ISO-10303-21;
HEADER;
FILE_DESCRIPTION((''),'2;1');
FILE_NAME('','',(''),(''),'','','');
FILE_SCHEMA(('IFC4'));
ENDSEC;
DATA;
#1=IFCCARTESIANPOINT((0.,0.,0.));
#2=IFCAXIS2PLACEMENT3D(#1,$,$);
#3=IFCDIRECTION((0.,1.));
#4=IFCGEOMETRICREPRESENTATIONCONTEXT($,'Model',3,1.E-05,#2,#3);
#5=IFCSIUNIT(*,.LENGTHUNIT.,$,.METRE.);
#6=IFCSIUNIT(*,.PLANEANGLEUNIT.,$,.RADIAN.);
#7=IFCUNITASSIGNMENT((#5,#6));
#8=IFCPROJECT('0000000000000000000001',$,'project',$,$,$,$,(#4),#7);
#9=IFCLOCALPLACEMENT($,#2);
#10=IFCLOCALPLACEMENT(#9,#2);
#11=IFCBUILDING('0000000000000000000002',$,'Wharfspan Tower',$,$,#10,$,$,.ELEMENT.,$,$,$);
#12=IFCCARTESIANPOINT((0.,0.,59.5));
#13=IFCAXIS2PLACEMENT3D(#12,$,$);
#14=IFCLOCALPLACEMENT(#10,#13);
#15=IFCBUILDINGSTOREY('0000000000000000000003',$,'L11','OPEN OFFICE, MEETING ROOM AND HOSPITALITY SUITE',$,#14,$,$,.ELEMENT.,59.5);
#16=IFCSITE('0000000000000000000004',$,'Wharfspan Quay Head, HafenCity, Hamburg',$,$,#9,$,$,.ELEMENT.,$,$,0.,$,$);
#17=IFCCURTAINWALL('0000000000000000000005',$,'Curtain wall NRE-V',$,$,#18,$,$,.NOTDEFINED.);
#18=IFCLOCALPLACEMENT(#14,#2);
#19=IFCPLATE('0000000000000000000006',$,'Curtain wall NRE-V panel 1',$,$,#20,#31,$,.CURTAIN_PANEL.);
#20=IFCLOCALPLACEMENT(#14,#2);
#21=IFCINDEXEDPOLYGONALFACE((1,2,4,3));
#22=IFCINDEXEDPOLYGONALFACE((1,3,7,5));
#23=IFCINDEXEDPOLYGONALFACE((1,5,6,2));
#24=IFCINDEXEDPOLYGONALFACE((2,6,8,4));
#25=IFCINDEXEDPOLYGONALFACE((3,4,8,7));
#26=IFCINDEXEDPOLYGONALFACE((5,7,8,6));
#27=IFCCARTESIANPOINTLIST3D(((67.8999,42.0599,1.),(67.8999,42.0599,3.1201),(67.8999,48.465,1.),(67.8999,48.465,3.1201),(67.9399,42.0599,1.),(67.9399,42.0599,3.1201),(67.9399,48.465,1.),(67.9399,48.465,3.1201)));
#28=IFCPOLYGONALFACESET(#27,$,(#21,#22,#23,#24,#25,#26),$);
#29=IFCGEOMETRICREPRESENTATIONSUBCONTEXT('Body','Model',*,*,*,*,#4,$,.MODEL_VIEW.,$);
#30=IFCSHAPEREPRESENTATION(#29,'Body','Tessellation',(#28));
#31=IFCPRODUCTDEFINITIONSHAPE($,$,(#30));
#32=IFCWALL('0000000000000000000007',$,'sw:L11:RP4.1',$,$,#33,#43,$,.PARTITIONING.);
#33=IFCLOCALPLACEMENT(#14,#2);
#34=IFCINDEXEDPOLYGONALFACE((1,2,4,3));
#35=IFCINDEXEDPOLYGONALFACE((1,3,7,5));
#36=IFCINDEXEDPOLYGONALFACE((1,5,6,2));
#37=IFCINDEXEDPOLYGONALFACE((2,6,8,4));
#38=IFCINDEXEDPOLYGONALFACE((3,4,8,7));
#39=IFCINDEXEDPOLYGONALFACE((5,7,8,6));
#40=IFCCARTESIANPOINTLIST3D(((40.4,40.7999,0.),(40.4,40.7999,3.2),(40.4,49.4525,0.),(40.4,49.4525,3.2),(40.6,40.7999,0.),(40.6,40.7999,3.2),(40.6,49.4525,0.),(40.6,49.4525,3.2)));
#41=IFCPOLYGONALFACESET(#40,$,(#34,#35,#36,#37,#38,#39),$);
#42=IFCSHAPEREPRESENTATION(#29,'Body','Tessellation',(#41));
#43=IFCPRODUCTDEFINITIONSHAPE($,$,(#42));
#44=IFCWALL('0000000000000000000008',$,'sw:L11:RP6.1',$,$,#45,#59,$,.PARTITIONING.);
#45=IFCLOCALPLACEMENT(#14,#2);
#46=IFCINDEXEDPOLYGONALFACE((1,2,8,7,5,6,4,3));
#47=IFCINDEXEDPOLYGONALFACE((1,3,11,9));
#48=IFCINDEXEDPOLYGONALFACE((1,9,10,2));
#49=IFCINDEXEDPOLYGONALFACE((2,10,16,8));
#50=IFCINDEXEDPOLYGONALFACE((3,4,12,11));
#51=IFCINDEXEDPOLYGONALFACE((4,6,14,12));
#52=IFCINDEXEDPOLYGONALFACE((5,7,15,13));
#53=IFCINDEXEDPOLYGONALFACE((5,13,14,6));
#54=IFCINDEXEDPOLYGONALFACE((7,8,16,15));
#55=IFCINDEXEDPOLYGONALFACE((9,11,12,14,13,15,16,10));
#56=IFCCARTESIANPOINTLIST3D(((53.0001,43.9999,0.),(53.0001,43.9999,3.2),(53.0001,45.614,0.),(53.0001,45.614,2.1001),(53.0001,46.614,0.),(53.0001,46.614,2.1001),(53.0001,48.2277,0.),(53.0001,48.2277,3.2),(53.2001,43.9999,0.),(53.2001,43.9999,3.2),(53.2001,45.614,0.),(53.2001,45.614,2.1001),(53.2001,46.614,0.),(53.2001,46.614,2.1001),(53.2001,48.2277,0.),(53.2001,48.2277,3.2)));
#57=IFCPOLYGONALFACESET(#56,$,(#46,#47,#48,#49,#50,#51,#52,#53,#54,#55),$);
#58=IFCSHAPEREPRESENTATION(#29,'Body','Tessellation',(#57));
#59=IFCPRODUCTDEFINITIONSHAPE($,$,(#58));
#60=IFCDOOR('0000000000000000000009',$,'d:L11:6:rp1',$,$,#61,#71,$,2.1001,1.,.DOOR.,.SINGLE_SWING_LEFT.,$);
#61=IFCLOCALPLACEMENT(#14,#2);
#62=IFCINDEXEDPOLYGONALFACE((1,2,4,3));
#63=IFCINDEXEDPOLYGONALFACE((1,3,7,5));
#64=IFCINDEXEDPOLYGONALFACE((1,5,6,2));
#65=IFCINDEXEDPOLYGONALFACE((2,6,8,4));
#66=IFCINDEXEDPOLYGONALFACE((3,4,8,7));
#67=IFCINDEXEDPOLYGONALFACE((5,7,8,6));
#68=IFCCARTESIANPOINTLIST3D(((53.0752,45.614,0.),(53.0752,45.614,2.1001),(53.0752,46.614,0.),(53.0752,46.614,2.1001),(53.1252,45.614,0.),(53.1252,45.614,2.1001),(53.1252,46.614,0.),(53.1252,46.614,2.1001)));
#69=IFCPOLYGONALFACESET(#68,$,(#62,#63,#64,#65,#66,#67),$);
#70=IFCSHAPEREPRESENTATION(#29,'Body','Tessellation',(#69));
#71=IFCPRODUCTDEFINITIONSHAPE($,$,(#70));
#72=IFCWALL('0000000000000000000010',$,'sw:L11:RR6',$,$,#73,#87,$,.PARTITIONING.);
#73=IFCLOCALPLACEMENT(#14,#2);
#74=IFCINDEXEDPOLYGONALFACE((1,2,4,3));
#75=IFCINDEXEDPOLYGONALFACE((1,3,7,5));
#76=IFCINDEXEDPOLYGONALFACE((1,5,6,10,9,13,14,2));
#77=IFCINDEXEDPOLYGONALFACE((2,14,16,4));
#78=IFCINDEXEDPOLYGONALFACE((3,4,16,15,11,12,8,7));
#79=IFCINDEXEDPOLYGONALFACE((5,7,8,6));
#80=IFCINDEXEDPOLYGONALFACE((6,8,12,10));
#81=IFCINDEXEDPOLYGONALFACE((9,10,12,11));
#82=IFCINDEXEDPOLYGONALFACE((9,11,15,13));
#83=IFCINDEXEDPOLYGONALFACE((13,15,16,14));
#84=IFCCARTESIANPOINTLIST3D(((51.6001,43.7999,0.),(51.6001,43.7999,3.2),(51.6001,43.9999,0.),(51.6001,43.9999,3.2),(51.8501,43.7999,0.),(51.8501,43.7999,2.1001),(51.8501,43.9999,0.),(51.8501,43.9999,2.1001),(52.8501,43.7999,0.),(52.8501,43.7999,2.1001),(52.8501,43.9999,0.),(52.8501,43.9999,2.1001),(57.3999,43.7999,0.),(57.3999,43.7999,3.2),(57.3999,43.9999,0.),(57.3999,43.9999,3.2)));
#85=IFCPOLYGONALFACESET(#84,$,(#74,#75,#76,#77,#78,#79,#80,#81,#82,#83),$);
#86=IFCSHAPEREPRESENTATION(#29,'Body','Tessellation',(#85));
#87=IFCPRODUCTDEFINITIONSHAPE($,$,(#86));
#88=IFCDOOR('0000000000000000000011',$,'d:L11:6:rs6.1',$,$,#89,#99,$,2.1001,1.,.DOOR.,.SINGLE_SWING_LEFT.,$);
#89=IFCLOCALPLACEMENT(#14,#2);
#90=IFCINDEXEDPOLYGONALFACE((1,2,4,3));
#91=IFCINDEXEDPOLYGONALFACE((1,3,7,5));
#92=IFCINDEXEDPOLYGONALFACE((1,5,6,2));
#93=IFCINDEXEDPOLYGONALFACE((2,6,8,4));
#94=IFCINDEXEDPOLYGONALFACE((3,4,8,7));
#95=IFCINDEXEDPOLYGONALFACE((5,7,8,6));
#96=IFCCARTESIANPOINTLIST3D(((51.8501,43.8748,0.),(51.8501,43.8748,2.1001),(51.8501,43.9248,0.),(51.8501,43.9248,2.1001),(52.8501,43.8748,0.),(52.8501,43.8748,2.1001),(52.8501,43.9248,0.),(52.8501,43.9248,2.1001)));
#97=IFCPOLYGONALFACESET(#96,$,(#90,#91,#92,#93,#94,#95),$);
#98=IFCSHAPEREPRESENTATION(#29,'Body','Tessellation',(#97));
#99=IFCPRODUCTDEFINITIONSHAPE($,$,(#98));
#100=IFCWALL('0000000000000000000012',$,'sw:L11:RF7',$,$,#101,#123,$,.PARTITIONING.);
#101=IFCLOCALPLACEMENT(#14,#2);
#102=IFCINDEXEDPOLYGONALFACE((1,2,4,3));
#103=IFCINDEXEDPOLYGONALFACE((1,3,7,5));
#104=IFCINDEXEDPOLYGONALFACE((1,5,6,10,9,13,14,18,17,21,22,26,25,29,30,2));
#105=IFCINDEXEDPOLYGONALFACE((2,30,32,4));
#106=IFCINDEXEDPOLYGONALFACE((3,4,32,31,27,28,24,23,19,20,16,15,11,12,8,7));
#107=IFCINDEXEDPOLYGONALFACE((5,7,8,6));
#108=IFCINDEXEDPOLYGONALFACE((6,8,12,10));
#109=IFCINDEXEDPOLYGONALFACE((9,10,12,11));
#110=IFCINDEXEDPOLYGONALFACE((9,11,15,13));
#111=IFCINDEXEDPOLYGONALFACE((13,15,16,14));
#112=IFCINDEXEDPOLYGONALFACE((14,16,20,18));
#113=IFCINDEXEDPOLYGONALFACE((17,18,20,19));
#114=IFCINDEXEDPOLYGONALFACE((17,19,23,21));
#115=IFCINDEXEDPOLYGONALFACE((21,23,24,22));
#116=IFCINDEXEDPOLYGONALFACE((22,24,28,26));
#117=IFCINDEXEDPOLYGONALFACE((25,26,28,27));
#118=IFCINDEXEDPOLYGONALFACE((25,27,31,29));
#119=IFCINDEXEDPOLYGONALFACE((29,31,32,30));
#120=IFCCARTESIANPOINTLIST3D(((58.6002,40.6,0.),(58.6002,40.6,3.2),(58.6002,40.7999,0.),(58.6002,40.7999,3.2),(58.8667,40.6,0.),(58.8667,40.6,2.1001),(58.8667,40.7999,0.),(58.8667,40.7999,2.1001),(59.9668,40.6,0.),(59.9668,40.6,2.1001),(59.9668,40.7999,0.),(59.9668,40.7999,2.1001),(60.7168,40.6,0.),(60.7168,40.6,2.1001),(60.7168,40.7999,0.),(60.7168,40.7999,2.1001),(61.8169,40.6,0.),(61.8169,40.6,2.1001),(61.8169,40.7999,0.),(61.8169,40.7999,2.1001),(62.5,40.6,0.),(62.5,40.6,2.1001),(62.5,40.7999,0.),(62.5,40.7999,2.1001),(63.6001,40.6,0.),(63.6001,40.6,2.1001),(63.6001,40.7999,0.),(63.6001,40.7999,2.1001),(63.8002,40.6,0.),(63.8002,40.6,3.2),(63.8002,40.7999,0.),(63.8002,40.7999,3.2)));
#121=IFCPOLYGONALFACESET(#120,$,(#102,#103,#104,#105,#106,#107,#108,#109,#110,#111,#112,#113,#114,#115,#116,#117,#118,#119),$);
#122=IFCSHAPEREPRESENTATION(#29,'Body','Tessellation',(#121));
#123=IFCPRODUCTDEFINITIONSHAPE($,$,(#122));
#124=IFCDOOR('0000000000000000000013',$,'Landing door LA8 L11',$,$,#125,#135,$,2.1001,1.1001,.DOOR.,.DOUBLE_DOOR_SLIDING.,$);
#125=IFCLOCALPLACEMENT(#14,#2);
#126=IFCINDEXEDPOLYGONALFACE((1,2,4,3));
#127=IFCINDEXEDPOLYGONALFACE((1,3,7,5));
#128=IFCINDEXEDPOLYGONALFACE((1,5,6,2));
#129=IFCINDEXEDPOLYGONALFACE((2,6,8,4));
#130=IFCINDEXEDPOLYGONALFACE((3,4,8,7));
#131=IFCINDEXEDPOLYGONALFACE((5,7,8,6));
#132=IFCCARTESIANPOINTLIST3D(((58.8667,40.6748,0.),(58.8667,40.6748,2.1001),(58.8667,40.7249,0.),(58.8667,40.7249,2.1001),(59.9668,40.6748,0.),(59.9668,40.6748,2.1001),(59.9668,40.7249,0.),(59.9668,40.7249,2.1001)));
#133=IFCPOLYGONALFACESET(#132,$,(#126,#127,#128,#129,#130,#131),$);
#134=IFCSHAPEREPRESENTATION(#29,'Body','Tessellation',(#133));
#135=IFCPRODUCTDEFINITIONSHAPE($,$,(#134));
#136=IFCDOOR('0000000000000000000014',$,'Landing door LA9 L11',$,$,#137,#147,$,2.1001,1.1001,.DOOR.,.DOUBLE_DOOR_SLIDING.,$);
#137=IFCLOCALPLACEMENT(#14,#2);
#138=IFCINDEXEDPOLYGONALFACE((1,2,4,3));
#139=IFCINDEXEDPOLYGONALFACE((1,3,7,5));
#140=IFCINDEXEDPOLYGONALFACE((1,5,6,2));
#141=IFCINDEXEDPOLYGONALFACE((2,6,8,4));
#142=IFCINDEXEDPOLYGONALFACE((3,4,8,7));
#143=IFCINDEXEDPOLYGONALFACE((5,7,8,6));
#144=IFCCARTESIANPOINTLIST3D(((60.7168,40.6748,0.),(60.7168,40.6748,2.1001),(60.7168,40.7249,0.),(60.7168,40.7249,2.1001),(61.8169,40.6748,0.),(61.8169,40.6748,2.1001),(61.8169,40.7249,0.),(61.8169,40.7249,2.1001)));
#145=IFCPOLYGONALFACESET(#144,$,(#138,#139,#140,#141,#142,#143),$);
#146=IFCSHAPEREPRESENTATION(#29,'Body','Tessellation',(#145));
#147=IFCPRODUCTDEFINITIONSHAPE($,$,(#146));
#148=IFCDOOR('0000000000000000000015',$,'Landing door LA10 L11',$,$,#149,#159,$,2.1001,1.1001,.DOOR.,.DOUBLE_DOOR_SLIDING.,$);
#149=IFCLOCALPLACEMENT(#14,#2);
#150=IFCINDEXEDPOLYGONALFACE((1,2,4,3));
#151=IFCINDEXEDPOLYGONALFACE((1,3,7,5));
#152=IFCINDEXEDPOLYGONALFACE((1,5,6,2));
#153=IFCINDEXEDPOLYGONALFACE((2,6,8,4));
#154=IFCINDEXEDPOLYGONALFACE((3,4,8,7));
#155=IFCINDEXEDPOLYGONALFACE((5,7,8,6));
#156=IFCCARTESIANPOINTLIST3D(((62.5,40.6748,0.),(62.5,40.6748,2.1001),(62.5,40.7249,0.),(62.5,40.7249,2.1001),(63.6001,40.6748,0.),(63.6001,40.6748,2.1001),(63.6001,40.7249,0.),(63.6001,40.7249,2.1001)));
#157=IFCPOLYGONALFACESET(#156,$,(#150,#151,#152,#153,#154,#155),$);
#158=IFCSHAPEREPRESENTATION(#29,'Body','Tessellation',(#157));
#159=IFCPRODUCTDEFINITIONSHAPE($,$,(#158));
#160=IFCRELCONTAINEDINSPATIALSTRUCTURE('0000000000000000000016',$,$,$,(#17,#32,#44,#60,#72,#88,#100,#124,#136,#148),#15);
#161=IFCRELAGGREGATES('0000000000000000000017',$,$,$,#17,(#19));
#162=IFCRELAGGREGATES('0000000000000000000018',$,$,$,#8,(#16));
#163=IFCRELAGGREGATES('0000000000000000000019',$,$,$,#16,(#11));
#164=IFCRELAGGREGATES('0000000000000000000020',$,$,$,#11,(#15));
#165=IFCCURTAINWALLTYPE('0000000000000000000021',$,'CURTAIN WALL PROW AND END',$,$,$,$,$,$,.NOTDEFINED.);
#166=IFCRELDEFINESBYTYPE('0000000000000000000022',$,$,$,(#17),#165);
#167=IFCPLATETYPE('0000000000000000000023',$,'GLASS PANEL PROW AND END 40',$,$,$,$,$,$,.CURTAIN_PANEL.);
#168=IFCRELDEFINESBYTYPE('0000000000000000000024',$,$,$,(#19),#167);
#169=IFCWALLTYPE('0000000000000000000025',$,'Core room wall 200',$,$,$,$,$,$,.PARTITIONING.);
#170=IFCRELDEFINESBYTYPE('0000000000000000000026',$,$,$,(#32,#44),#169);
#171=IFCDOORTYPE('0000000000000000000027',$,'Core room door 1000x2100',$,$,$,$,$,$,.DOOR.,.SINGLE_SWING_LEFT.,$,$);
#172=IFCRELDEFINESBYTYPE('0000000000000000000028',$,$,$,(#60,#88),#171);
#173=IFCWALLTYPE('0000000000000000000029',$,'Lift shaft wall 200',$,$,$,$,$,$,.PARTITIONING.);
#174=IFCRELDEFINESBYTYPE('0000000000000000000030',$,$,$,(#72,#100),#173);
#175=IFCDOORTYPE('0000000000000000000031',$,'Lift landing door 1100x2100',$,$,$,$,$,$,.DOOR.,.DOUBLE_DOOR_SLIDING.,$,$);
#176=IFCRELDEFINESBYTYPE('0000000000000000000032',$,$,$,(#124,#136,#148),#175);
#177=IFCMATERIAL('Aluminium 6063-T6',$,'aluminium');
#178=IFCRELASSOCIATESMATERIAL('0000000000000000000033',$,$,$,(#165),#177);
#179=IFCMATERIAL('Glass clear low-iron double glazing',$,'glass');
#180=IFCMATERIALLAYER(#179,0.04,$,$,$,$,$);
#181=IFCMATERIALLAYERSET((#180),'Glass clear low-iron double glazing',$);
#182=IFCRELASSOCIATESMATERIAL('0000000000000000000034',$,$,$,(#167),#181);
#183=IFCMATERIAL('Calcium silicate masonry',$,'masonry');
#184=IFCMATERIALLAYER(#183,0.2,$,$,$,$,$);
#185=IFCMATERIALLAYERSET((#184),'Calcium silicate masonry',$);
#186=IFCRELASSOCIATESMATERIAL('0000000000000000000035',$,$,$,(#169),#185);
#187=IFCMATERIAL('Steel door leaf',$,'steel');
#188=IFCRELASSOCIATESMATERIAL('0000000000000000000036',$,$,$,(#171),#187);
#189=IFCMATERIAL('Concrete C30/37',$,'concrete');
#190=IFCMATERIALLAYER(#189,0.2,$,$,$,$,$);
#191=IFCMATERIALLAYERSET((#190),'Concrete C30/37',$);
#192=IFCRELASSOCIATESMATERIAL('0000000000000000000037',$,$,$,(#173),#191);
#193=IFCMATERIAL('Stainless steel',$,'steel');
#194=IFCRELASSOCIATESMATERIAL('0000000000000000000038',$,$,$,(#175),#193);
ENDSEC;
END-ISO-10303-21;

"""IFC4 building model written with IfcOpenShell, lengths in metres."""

from ifc_helpers import new_model, si_unit, direction, frame, frame_2d, origin, origin_2d, place, context, subcontext, project, spatial, rectangle, extrude, material, layer, layer_set, type_object, element, fill, aggregate, save


model = new_model("IFC4")

# Units and contexts
model_context = context("Model", 3, precision=1e-05, world=origin(), true_north=direction((0.0, 1.0)))
body_context = subcontext(model_context, "Body", "Model", "MODEL_VIEW")
ifc_project = project(units=[si_unit("LENGTHUNIT", "METRE"), si_unit("PLANEANGLEUNIT", "RADIAN")], contexts=[model_context])

# Site, building, storey
site_placement = place(None, origin())
site = spatial("IfcSite", under=ifc_project, at=site_placement, Name="Wharfspan Quay Head, HafenCity, Hamburg", CompositionType="ELEMENT", RefElevation=0.0)
building_placement = place(site_placement, origin())
building = spatial("IfcBuilding", under=site, at=building_placement, Name="Wharfspan Tower", CompositionType="ELEMENT")
storey_placement = place(building_placement, frame((0.0, 0.0, 59.5)))
storey = spatial("IfcBuildingStorey", under=building, at=storey_placement, Name="L11", Description="OPEN OFFICE, MEETING ROOM AND HOSPITALITY SUITE", CompositionType="ELEMENT", Elevation=59.5)

# Shared definitions
ifc_material_1 = material(Name="Aluminium 6063-T6", Category="aluminium")
curtain_wall_type = type_object("IfcCurtainWallType", Name="CURTAIN WALL PROW AND END", PredefinedType="NOTDEFINED", material=ifc_material_1)

# Curtain wall
curtain_wall_1_placement = place(storey_placement, origin())
curtain_wall_1 = element("IfcCurtainWall", 1, at=curtain_wall_1_placement, inside=storey, type_object=curtain_wall_type, Name="Curtain wall NRE-V", PredefinedType="NOTDEFINED")

# Plate
ifc_material_2 = material(Name="Glass clear low-iron double glazing", Category="glass")
ifc_layer_1 = layer(ifc_material_2, 0.04)
ifc_layer_set_1 = layer_set([ifc_layer_1], Name="Glass clear low-iron double glazing")
plate_type = type_object("IfcPlateType", Name="GLASS PANEL PROW AND END 40", PredefinedType="CURTAIN_PANEL", material=ifc_layer_set_1)
plate_placement = place(storey_placement, frame((67.9199, 45.2625, 1.0), z_axis=(0.0, 0.0, 1.0), x_axis=(0.0, 1.0, 0.0)))
plate = element("IfcPlate", 2, at=plate_placement, type_object=plate_type, Name="Curtain wall NRE-V panel 1", PredefinedType="CURTAIN_PANEL", context=body_context, shape_type="SweptSolid", body=[
    extrude(rectangle(XDim=6.405, YDim=0.04, at=origin_2d()), origin(), (0.0, 0.0, 1.0), 2.1201),
])
aggregate(curtain_wall_1, [plate])

# Wall
ifc_material_3 = material(Name="Calcium silicate masonry", Category="masonry")
ifc_layer_2 = layer(ifc_material_3, 0.2)
ifc_layer_set_2 = layer_set([ifc_layer_2], Name="Calcium silicate masonry")
wall_type_1 = type_object("IfcWallType", Name="Core room wall 200", PredefinedType="PARTITIONING", material=ifc_layer_set_2)
wall_1_placement = place(storey_placement, frame((40.5, 40.8, 0.0), z_axis=(0.0, 0.0, 1.0), x_axis=(0.0, 1.0, 0.0)))
element("IfcWall", 3, at=wall_1_placement, inside=storey, type_object=wall_type_1, Name="sw:L11:RP4.1", PredefinedType="PARTITIONING", context=body_context, shape_type="SweptSolid", body=[
    extrude(rectangle(XDim=8.6526, YDim=0.2, at=frame_2d((4.3262, 0.0))), origin(), (0.0, 0.0, 1.0), 3.2),
])

# Walls, openings, doors
wall_2_placement = place(storey_placement, frame((53.1001, 44.0, 0.0), z_axis=(0.0, 0.0, 1.0), x_axis=(0.0, 1.0, 0.0)))
wall_2 = element("IfcWall", 4, at=wall_2_placement, inside=storey, type_object=wall_type_1, Name="sw:L11:RP6.1", PredefinedType="PARTITIONING", context=body_context, shape_type="SweptSolid", body=[
    extrude(rectangle(XDim=4.2278, YDim=0.2, at=frame_2d((2.1138, 0.0))), origin(), (0.0, 0.0, 1.0), 3.2),
])
opening_1_placement = place(wall_2_placement, frame((1.614, 0.0, 0.0)))
opening_1 = element("IfcOpeningElement", 5, at=opening_1_placement, cuts=wall_2, PredefinedType="OPENING", context=body_context, shape_type="SweptSolid", body=[
    extrude(rectangle(XDim=1.0, YDim=2.1001, at=frame_2d((0.5, 1.05))), frame((0.0, 0.1099, 0.0), z_axis=(0.0, -1.0, 0.0), x_axis=(1.0, 0.0, 0.0)), (0.0, 0.0, 1.0), 0.22),
])
ifc_material_4 = material(Name="Steel door leaf", Category="steel")
door_type_1 = type_object("IfcDoorType", Name="Core room door 1000x2100", OperationType="SINGLE_SWING_LEFT", PredefinedType="DOOR", material=ifc_material_4)
door_1_placement = place(opening_1_placement, origin())
door_1 = element("IfcDoor", 6, at=door_1_placement, inside=storey, type_object=door_type_1, Name="d:L11:6:rp1", OperationType="SINGLE_SWING_LEFT", OverallHeight=2.1001, OverallWidth=1.0, PredefinedType="DOOR", context=body_context, shape_type="SweptSolid", body=[
    extrude(rectangle(XDim=1.0, YDim=2.1001, at=frame_2d((0.5, 1.05))), frame((0.0, 0.0249, 0.0), z_axis=(0.0, -1.0, 0.0), x_axis=(1.0, 0.0, 0.0)), (0.0, 0.0, 1.0), 0.05),
])
fill(opening_1, door_1)
ifc_material_5 = material(Name="Concrete C30/37", Category="concrete")
ifc_layer_3 = layer(ifc_material_5, 0.2)
ifc_layer_set_3 = layer_set([ifc_layer_3], Name="Concrete C30/37")
wall_type_2 = type_object("IfcWallType", Name="Lift shaft wall 200", PredefinedType="PARTITIONING", material=ifc_layer_set_3)
wall_3_placement = place(storey_placement, frame((51.6001, 43.8999, 0.0), z_axis=(0.0, 0.0, 1.0), x_axis=(1.0, 0.0, 0.0)))
wall_3 = element("IfcWall", 7, at=wall_3_placement, inside=storey, type_object=wall_type_2, Name="sw:L11:RR6", PredefinedType="PARTITIONING", context=body_context, shape_type="SweptSolid", body=[
    extrude(rectangle(XDim=5.7998, YDim=0.2, at=frame_2d((2.8999, 0.0))), origin(), (0.0, 0.0, 1.0), 3.2),
])
opening_2_placement = place(wall_3_placement, frame((0.25, 0.0, 0.0)))
opening_2 = element("IfcOpeningElement", 8, at=opening_2_placement, cuts=wall_3, PredefinedType="OPENING", context=body_context, shape_type="SweptSolid", body=[
    extrude(rectangle(XDim=1.0, YDim=2.1001, at=frame_2d((0.5, 1.05))), frame((0.0, 0.1099, 0.0), z_axis=(0.0, -1.0, 0.0), x_axis=(1.0, 0.0, 0.0)), (0.0, 0.0, 1.0), 0.22),
])
door_2_placement = place(opening_2_placement, origin())
door_2 = element("IfcDoor", 9, at=door_2_placement, inside=storey, type_object=door_type_1, Name="d:L11:6:rs6.1", OperationType="SINGLE_SWING_LEFT", OverallHeight=2.1001, OverallWidth=1.0, PredefinedType="DOOR", context=body_context, shape_type="SweptSolid", body=[
    extrude(rectangle(XDim=1.0, YDim=2.1001, at=frame_2d((0.5, 1.05))), frame((0.0, 0.0249, 0.0), z_axis=(0.0, -1.0, 0.0), x_axis=(1.0, 0.0, 0.0)), (0.0, 0.0, 1.0), 0.05),
])
fill(opening_2, door_2)

# Wall, openings, doors
wall_4_placement = place(storey_placement, frame((58.6001, 40.7, 0.0), z_axis=(0.0, 0.0, 1.0), x_axis=(1.0, 0.0, 0.0)))
wall_4 = element("IfcWall", 10, at=wall_4_placement, inside=storey, type_object=wall_type_2, Name="sw:L11:RF7", PredefinedType="PARTITIONING", context=body_context, shape_type="SweptSolid", body=[
    extrude(rectangle(XDim=5.2, YDim=0.2, at=frame_2d((2.6001, 0.0))), origin(), (0.0, 0.0, 1.0), 3.2),
])
opening_3_placement = place(wall_4_placement, frame((0.2666, 0.0, 0.0)))
opening_3 = element("IfcOpeningElement", 11, at=opening_3_placement, cuts=wall_4, PredefinedType="OPENING", context=body_context, shape_type="SweptSolid", body=[
    extrude(rectangle(XDim=1.1001, YDim=2.1001, at=frame_2d((0.55, 1.05))), frame((0.0, 0.1099, 0.0), z_axis=(0.0, -1.0, 0.0), x_axis=(1.0, 0.0, 0.0)), (0.0, 0.0, 1.0), 0.22),
])
opening_4_placement = place(wall_4_placement, frame((2.1167, 0.0, 0.0)))
opening_4 = element("IfcOpeningElement", 12, at=opening_4_placement, cuts=wall_4, PredefinedType="OPENING", context=body_context, shape_type="SweptSolid", body=[
    extrude(rectangle(XDim=1.1001, YDim=2.1001, at=frame_2d((0.55, 1.05))), frame((0.0, 0.1099, 0.0), z_axis=(0.0, -1.0, 0.0), x_axis=(1.0, 0.0, 0.0)), (0.0, 0.0, 1.0), 0.22),
])
opening_5_placement = place(wall_4_placement, frame((3.8999, 0.0, 0.0)))
opening_5 = element("IfcOpeningElement", 13, at=opening_5_placement, cuts=wall_4, PredefinedType="OPENING", context=body_context, shape_type="SweptSolid", body=[
    extrude(rectangle(XDim=1.1001, YDim=2.1001, at=frame_2d((0.55, 1.05))), frame((0.0, 0.1099, 0.0), z_axis=(0.0, -1.0, 0.0), x_axis=(1.0, 0.0, 0.0)), (0.0, 0.0, 1.0), 0.22),
])
ifc_material_6 = material(Name="Stainless steel", Category="steel")
door_type_2 = type_object("IfcDoorType", Name="Lift landing door 1100x2100", OperationType="DOUBLE_DOOR_SLIDING", PredefinedType="DOOR", material=ifc_material_6)
door_3_placement = place(opening_3_placement, origin())
door_3 = element("IfcDoor", 14, at=door_3_placement, inside=storey, type_object=door_type_2, Name="Landing door LA8 L11", OperationType="DOUBLE_DOOR_SLIDING", OverallHeight=2.1001, OverallWidth=1.1001, PredefinedType="DOOR", context=body_context, shape_type="SweptSolid", body=[
    extrude(rectangle(XDim=1.1001, YDim=2.1001, at=frame_2d((0.55, 1.05))), frame((0.0, 0.0249, 0.0), z_axis=(0.0, -1.0, 0.0), x_axis=(1.0, 0.0, 0.0)), (0.0, 0.0, 1.0), 0.05),
])
fill(opening_3, door_3)
door_4_placement = place(opening_4_placement, origin())
door_4 = element("IfcDoor", 15, at=door_4_placement, inside=storey, type_object=door_type_2, Name="Landing door LA9 L11", OperationType="DOUBLE_DOOR_SLIDING", OverallHeight=2.1001, OverallWidth=1.1001, PredefinedType="DOOR", context=body_context, shape_type="SweptSolid", body=[
    extrude(rectangle(XDim=1.1001, YDim=2.1001, at=frame_2d((0.55, 1.05))), frame((0.0, 0.0249, 0.0), z_axis=(0.0, -1.0, 0.0), x_axis=(1.0, 0.0, 0.0)), (0.0, 0.0, 1.0), 0.05),
])
fill(opening_4, door_4)
door_5_placement = place(opening_5_placement, origin())
door_5 = element("IfcDoor", 16, at=door_5_placement, inside=storey, type_object=door_type_2, Name="Landing door LA10 L11", OperationType="DOUBLE_DOOR_SLIDING", OverallHeight=2.1001, OverallWidth=1.1001, PredefinedType="DOOR", context=body_context, shape_type="SweptSolid", body=[
    extrude(rectangle(XDim=1.1001, YDim=2.1001, at=frame_2d((0.55, 1.05))), frame((0.0, 0.0249, 0.0), z_axis=(0.0, -1.0, 0.0), x_axis=(1.0, 0.0, 0.0)), (0.0, 0.0, 1.0), 0.05),
])
fill(opening_5, door_5)

save(model, "model.ifc")
